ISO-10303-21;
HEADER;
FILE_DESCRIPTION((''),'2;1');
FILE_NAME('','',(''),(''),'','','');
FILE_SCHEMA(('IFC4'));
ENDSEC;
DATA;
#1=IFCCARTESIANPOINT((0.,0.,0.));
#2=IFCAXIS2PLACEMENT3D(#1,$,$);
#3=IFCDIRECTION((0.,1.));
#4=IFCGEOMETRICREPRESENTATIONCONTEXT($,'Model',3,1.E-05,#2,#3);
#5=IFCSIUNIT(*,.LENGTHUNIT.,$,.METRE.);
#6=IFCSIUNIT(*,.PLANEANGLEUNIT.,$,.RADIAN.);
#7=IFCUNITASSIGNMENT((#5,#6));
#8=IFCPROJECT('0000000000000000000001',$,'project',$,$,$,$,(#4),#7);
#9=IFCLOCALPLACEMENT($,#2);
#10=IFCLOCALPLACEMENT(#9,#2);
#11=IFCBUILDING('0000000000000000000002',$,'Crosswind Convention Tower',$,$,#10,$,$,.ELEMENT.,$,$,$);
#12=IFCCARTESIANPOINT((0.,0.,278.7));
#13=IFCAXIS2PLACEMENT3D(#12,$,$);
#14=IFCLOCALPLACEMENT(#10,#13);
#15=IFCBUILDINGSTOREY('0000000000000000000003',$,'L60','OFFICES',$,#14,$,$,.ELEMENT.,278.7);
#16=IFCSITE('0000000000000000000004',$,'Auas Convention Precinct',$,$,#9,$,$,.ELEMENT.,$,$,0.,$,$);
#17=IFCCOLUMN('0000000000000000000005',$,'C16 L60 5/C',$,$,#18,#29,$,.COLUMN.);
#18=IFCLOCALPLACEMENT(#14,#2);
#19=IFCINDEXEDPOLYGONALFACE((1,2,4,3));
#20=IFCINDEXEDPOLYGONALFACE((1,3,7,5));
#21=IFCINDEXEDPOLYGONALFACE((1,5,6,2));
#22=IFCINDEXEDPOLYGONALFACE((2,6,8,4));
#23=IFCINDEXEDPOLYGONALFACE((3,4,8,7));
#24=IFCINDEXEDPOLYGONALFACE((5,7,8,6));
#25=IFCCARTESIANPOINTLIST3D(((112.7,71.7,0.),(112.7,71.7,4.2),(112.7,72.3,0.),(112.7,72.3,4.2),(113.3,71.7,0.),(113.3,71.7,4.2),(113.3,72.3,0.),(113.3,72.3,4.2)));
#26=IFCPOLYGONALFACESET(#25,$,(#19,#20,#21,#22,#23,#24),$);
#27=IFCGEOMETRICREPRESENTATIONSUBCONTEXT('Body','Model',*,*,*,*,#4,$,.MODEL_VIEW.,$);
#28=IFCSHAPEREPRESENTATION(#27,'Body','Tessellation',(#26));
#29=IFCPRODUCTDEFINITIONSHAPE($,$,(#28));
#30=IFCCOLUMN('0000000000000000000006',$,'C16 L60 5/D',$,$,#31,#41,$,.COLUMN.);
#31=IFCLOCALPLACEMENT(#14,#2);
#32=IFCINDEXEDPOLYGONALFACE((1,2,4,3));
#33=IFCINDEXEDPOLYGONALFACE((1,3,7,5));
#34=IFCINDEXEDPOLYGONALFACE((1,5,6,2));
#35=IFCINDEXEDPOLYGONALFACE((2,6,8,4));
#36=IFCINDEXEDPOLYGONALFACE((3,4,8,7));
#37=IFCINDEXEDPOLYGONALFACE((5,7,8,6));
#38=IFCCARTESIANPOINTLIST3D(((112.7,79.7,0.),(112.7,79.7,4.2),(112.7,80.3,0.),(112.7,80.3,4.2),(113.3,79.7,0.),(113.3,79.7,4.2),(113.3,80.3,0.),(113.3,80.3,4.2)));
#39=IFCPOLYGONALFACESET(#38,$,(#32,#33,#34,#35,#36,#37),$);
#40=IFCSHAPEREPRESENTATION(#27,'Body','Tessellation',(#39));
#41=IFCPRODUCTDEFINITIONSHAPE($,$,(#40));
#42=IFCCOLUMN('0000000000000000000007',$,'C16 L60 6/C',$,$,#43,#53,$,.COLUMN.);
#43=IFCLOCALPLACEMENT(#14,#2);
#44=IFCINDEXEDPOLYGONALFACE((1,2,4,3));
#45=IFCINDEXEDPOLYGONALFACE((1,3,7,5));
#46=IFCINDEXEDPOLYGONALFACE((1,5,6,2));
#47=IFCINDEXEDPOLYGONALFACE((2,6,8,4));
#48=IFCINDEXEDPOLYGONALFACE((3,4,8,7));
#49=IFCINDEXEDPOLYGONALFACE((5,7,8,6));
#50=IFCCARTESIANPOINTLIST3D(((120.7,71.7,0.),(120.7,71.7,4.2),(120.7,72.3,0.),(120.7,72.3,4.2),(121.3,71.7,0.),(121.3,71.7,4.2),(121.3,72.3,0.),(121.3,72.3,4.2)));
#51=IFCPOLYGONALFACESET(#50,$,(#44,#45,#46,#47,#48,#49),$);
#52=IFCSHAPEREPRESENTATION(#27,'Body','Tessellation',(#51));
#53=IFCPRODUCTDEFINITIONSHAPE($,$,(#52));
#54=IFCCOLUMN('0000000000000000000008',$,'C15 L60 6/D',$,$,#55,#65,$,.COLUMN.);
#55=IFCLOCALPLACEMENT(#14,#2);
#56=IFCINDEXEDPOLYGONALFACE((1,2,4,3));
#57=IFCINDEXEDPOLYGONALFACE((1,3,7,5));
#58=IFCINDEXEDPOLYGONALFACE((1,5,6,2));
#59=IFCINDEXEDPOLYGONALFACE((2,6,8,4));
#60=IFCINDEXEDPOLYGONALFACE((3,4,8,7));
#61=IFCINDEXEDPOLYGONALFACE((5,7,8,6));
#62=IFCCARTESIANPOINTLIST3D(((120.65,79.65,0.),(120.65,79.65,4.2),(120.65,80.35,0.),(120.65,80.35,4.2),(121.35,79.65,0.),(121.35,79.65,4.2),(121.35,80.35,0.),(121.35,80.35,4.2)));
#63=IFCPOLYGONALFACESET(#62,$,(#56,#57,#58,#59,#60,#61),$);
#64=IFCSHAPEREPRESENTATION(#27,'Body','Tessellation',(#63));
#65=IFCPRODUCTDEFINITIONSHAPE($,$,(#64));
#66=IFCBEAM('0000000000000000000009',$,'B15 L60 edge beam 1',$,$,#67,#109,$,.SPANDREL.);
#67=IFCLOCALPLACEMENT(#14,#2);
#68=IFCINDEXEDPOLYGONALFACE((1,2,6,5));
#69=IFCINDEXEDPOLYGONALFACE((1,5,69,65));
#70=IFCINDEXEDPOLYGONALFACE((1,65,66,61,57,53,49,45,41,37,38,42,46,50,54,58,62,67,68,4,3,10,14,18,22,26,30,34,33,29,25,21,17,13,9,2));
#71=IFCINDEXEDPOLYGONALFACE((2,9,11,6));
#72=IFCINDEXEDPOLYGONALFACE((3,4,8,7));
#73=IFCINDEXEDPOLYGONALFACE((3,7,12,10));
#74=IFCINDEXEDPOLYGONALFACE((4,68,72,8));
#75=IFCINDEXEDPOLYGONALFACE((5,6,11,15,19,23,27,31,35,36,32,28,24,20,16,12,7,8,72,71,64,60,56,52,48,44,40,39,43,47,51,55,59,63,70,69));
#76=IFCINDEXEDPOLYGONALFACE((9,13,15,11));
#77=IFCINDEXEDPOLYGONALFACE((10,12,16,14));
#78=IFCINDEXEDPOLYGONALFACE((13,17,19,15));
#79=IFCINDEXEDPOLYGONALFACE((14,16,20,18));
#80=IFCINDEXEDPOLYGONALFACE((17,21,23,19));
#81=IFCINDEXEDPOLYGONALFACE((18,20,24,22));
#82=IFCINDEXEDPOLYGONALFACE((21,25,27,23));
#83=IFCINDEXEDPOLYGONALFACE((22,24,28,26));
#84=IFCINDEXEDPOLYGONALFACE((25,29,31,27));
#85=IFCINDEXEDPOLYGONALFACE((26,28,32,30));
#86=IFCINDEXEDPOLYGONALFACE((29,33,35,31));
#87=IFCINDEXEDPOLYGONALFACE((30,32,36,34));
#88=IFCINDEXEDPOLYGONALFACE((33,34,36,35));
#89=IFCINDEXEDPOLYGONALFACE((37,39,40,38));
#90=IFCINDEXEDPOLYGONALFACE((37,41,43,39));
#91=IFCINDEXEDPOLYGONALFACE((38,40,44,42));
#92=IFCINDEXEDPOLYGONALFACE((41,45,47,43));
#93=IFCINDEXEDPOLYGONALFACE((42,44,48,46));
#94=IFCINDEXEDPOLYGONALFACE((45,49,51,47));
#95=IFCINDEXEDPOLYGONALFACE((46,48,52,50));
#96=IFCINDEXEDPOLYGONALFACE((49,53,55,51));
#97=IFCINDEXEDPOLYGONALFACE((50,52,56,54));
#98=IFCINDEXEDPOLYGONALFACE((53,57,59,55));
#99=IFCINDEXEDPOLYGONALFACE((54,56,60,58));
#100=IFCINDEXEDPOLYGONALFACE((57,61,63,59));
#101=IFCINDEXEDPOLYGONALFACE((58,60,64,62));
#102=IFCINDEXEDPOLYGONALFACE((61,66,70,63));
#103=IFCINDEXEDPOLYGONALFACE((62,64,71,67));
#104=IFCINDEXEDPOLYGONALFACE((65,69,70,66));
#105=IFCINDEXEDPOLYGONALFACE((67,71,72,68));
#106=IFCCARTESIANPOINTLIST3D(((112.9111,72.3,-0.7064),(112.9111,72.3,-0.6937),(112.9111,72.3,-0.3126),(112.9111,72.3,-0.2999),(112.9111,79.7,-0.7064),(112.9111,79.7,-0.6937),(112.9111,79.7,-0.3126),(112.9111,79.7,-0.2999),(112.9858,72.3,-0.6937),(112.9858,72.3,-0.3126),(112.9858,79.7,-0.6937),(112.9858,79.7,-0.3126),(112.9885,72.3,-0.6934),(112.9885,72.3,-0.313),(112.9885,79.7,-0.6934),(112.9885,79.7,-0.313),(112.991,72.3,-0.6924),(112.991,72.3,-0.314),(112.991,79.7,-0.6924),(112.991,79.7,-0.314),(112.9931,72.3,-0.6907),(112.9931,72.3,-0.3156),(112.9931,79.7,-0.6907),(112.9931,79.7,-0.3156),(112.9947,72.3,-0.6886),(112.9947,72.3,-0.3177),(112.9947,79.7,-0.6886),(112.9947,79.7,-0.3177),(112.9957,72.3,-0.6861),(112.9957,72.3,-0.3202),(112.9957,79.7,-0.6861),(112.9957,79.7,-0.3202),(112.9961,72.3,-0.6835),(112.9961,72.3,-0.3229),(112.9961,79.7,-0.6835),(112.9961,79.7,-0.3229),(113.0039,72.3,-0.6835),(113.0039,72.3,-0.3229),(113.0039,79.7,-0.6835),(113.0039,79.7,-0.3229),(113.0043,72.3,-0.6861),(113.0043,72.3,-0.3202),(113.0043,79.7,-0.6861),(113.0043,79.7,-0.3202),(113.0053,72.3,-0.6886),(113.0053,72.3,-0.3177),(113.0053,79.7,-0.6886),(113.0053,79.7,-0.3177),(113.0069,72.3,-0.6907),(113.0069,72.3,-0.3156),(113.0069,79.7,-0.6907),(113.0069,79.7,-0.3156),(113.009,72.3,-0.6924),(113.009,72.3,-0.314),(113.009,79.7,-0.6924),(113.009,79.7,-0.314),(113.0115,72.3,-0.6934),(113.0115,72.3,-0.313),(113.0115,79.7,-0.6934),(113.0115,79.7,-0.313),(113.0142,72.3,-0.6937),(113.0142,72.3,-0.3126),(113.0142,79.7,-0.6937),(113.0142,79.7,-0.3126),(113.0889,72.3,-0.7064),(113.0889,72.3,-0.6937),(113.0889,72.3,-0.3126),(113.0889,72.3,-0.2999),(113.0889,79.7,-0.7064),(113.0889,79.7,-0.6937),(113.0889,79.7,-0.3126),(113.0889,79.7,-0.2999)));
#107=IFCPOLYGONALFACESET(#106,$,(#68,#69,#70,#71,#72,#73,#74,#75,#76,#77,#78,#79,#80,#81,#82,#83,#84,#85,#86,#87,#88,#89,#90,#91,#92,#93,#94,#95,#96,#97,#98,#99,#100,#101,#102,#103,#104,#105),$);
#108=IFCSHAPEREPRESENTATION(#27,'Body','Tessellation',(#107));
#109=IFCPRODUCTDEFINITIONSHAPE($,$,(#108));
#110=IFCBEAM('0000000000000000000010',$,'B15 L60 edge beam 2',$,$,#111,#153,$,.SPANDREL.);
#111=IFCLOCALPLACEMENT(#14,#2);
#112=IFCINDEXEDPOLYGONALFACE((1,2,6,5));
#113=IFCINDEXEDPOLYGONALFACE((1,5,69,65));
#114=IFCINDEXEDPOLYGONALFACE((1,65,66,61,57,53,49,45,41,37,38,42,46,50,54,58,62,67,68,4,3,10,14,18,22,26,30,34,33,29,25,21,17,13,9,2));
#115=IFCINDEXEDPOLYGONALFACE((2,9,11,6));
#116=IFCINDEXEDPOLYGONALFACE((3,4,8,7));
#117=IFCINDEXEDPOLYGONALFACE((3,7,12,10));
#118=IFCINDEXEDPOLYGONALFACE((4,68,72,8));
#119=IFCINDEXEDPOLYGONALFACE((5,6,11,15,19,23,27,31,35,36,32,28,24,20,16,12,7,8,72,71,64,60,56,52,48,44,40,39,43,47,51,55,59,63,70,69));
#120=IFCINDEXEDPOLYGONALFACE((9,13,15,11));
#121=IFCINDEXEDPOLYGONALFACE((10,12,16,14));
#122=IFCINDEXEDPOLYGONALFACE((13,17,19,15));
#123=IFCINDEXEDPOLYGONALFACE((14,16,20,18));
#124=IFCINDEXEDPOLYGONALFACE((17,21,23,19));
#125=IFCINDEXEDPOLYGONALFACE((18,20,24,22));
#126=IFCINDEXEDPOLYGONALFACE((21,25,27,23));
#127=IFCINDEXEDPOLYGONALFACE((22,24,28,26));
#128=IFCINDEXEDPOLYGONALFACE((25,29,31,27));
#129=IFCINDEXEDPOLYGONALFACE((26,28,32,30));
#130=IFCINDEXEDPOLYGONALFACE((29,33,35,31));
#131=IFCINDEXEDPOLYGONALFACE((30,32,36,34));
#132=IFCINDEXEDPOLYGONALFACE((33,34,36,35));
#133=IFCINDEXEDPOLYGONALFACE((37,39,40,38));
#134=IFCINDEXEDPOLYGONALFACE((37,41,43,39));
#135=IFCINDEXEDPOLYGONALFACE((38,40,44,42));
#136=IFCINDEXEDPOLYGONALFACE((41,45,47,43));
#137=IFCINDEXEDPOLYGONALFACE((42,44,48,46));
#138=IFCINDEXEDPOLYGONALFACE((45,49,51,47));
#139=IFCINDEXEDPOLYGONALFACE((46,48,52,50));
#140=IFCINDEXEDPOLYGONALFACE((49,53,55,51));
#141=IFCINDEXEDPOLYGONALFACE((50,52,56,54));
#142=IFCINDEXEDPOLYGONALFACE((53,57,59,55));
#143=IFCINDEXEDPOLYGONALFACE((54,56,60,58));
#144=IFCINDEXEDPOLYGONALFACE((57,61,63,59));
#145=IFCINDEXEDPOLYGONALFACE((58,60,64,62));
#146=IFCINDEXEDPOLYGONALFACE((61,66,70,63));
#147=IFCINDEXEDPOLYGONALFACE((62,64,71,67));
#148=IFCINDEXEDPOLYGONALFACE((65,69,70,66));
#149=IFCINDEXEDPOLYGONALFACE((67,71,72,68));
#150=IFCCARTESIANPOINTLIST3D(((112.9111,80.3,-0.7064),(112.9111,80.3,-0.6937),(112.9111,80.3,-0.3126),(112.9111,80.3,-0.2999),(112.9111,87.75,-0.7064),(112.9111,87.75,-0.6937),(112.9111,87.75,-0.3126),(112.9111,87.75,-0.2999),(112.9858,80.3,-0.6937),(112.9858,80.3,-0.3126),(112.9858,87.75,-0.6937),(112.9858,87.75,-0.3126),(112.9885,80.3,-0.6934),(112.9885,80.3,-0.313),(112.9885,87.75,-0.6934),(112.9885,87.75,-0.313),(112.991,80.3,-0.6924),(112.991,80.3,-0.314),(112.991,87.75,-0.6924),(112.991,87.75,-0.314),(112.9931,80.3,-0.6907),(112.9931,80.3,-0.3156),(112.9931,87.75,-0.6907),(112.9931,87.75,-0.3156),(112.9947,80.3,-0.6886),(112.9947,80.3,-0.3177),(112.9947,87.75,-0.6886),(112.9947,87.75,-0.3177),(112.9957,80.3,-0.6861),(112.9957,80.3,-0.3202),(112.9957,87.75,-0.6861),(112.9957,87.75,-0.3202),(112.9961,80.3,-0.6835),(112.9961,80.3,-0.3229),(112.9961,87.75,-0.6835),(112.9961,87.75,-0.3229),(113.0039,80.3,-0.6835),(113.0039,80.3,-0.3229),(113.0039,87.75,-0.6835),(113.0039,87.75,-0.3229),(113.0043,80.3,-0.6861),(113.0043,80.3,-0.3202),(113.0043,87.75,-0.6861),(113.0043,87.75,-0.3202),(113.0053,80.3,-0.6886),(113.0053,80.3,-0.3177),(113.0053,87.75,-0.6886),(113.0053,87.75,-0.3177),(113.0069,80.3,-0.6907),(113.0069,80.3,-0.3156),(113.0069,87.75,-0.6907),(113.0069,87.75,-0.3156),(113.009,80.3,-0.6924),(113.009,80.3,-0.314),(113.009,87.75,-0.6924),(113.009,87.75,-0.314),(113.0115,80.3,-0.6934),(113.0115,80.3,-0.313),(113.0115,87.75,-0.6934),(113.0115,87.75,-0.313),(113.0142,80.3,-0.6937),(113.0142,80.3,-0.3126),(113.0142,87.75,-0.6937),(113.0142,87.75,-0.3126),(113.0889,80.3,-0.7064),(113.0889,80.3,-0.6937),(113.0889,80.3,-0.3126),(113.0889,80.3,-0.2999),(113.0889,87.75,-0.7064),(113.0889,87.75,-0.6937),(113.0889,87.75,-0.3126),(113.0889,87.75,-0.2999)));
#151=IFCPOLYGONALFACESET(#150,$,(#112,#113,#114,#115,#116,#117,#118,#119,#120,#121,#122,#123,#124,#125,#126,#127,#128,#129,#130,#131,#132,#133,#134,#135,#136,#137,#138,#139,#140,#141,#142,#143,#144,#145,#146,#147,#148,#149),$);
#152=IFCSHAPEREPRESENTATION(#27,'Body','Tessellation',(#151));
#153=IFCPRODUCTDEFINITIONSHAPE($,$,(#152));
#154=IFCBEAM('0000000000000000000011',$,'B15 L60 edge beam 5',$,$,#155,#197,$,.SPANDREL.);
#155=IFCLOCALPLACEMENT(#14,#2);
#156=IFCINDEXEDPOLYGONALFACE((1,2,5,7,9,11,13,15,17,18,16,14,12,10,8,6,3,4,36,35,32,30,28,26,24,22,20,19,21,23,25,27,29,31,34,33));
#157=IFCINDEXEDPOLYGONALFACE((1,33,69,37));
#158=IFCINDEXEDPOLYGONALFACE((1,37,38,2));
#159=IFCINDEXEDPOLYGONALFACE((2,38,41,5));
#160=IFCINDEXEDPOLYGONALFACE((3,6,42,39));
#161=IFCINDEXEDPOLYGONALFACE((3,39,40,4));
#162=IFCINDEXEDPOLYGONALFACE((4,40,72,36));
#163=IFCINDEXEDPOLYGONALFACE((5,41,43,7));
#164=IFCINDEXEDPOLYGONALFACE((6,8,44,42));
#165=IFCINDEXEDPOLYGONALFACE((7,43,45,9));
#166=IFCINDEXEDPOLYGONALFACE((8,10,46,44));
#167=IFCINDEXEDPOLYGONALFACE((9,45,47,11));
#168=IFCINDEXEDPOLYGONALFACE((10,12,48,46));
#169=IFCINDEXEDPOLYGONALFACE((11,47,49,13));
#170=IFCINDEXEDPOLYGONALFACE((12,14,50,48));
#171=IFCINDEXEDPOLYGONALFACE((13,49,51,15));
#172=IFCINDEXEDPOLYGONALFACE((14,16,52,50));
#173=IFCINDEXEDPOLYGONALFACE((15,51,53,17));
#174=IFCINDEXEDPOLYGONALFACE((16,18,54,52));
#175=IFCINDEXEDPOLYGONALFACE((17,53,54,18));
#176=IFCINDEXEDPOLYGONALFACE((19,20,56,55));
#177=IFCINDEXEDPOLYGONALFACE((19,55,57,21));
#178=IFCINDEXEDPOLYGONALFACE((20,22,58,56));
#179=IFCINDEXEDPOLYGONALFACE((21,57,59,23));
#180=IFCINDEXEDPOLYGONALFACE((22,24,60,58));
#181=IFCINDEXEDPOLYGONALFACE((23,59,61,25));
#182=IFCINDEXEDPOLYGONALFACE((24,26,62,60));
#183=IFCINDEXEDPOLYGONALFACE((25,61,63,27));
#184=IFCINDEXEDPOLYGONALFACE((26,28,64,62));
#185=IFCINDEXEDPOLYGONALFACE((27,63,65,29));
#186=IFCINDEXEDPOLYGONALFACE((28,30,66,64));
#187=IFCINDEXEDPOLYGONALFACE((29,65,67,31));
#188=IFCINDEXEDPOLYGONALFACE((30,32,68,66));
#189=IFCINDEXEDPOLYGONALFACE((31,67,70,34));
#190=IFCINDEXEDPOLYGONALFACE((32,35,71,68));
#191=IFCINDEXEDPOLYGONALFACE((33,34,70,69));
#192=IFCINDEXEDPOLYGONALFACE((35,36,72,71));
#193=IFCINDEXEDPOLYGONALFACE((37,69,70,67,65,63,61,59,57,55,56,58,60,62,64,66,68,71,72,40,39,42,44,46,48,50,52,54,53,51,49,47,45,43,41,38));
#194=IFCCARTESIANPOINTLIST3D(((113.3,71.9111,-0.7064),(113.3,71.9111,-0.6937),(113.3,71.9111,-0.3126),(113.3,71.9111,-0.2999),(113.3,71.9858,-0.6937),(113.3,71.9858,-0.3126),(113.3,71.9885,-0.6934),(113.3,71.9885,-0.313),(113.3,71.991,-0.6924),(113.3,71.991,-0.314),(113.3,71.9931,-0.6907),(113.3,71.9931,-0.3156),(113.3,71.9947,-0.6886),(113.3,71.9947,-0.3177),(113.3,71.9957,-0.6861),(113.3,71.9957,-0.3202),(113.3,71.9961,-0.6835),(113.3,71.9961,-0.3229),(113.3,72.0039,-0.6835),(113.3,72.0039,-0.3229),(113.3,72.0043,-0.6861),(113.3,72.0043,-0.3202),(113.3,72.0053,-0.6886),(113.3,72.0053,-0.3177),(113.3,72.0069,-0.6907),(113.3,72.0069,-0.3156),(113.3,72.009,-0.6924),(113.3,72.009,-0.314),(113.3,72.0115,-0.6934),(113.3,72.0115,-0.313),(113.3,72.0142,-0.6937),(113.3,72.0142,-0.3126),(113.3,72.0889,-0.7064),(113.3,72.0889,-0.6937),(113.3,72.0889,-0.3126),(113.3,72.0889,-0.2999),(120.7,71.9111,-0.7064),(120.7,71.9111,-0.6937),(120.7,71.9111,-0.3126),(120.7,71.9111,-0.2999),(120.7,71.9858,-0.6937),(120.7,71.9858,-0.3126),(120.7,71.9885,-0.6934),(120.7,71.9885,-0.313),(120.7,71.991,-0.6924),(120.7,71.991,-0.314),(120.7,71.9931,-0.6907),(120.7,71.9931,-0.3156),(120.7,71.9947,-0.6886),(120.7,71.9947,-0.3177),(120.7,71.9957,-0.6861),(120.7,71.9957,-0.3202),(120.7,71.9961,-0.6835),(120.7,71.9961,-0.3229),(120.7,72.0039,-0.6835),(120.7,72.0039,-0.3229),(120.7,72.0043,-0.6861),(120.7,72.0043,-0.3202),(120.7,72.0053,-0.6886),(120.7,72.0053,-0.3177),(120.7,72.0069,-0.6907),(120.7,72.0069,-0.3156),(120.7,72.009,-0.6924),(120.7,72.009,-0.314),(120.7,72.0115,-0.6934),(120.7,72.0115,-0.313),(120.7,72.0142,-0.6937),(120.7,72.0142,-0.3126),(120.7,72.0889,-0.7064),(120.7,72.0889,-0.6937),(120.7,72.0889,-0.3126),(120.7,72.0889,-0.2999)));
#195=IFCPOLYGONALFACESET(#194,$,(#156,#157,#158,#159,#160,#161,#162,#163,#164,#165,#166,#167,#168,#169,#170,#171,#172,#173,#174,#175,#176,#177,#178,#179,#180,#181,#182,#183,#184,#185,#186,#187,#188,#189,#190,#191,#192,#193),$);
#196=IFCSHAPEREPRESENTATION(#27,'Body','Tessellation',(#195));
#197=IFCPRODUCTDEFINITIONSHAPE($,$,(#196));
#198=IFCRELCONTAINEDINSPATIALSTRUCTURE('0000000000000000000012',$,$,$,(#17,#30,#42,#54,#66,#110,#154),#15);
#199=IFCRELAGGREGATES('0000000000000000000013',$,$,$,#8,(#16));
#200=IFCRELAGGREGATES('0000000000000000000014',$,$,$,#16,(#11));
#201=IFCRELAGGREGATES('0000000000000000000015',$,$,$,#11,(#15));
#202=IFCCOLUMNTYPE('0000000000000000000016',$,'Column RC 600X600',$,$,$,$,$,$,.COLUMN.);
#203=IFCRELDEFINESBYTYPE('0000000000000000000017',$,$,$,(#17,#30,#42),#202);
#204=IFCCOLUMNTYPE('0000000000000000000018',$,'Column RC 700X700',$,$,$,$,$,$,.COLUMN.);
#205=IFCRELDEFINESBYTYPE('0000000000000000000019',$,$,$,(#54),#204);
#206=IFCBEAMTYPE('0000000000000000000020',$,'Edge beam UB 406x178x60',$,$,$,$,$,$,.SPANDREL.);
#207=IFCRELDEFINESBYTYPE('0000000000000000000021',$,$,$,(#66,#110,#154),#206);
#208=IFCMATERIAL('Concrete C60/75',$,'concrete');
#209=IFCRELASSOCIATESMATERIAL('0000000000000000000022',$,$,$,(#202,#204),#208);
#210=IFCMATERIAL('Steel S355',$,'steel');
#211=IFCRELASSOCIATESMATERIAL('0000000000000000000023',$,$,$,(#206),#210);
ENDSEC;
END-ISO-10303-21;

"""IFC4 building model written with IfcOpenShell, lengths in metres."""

from ifc_helpers import new_model, si_unit, direction, frame, origin, origin_2d, place, context, subcontext, project, spatial, rectangle, i_section, extrude, material, material_profile, profile_set, type_object, element, save


model = new_model("IFC4")

# Units and contexts
model_context = context("Model", 3, precision=1e-05, world=origin(), true_north=direction((0.0, 1.0)))
body_context = subcontext(model_context, "Body", "Model", "MODEL_VIEW")
ifc_project = project(units=[si_unit("LENGTHUNIT", "METRE"), si_unit("PLANEANGLEUNIT", "RADIAN")], contexts=[model_context])

# Site, building, storey
site_placement = place(None, origin())
site = spatial("IfcSite", under=ifc_project, at=site_placement, Name="Auas Convention Precinct", CompositionType="ELEMENT", RefElevation=0.0)
building_placement = place(site_placement, origin())
building = spatial("IfcBuilding", under=site, at=building_placement, Name="Crosswind Convention Tower", CompositionType="ELEMENT")
storey_placement = place(building_placement, frame((0.0, 0.0, 278.7)))
storey = spatial("IfcBuildingStorey", under=building, at=storey_placement, Name="L60", Description="OFFICES", CompositionType="ELEMENT", Elevation=278.7)

# Columns
ifc_material_1 = material(Name="Concrete C60/75", Category="concrete")
ifc_material_profile_1 = material_profile(ifc_material_1, rectangle(XDim=0.6001, YDim=0.6001, at=origin_2d()), Name="RC 600X600")
ifc_profile_set_1 = profile_set([ifc_material_profile_1], Name="Concrete C60/75")
column_type_1 = type_object("IfcColumnType", Name="Column RC 600X600", PredefinedType="COLUMN", material=ifc_profile_set_1)
for number, where, z_axis, x_axis, name in (
    (1, (113.0, 72.0, 0.0), (0.0, 0.0, 1.0), (1.0, 0.0, 0.0), "C16 L60 5/C"),
    (2, (113.0, 80.0, 0.0), (0.0, 0.0, 1.0), (1.0, 0.0, 0.0), "C16 L60 5/D"),
    (3, (121.0, 72.0, 0.0), (0.0, 0.0, 1.0), (1.0, 0.0, 0.0), "C16 L60 6/C"),
):
    element("IfcColumn", number, at=place(storey_placement, frame(where, z_axis=z_axis, x_axis=x_axis)), inside=storey, type_object=column_type_1, Name=name, PredefinedType="COLUMN", context=body_context, shape_type="SweptSolid", body=[
        extrude(rectangle(XDim=0.6001, YDim=0.6001, at=origin_2d()), origin(), (0.0, 0.0, 1.0), 4.2),
    ])
ifc_material_profile_2 = material_profile(ifc_material_1, rectangle(XDim=0.7, YDim=0.7, at=origin_2d()), Name="RC 700X700")
ifc_profile_set_2 = profile_set([ifc_material_profile_2], Name="Concrete C60/75")
column_type_2 = type_object("IfcColumnType", Name="Column RC 700X700", PredefinedType="COLUMN", material=ifc_profile_set_2)
column_placement = place(storey_placement, frame((121.0, 80.0, 0.0), z_axis=(0.0, 0.0, 1.0), x_axis=(1.0, 0.0, 0.0)))
element("IfcColumn", 4, at=column_placement, inside=storey, type_object=column_type_2, Name="C15 L60 6/D", PredefinedType="COLUMN", context=body_context, shape_type="SweptSolid", body=[
    extrude(rectangle(XDim=0.7, YDim=0.7, at=origin_2d()), origin(), (0.0, 0.0, 1.0), 4.2),
])

# Beams
ifc_material_2 = material(Name="Steel S355", Category="steel")
ifc_material_profile_3 = material_profile(ifc_material_2, i_section(OverallWidth=0.1777, OverallDepth=0.4065, WebThickness=0.0078, FlangeThickness=0.0127, FilletRadius=0.0103, at=origin_2d()), Name="UB 406x178x60")
ifc_profile_set_3 = profile_set([ifc_material_profile_3], Name="Steel S355")
beam_type_1 = type_object("IfcBeamType", Name="Edge beam UB 406x178x60", PredefinedType="SPANDREL", material=ifc_profile_set_3)
beam_1_placement = place(storey_placement, frame((113.0, 72.3, -0.5032), z_axis=(0.0, 1.0, 0.0), x_axis=(-1.0, 0.0, 0.0)))
element("IfcBeam", 5, at=beam_1_placement, inside=storey, type_object=beam_type_1, Name="B15 L60 edge beam 1", PredefinedType="SPANDREL", context=body_context, shape_type="SweptSolid", body=[
    extrude(i_section(OverallWidth=0.1777, OverallDepth=0.4065, WebThickness=0.0078, FlangeThickness=0.0127, FilletRadius=0.0103, at=origin_2d()), origin(), (0.0, 0.0, 1.0), 7.3999),
])
beam_2_placement = place(storey_placement, frame((113.0, 80.3, -0.5032), z_axis=(0.0, 1.0, 0.0), x_axis=(-1.0, 0.0, 0.0)))
element("IfcBeam", 6, at=beam_2_placement, inside=storey, type_object=beam_type_1, Name="B15 L60 edge beam 2", PredefinedType="SPANDREL", context=body_context, shape_type="SweptSolid", body=[
    extrude(i_section(OverallWidth=0.1777, OverallDepth=0.4065, WebThickness=0.0078, FlangeThickness=0.0127, FilletRadius=0.0103, at=origin_2d()), origin(), (0.0, 0.0, 1.0), 7.45),
])
beam_3_placement = place(storey_placement, frame((113.3, 72.0, -0.5032), z_axis=(1.0, 0.0, 0.0), x_axis=(0.0, 1.0, 0.0)))
element("IfcBeam", 7, at=beam_3_placement, inside=storey, type_object=beam_type_1, Name="B15 L60 edge beam 5", PredefinedType="SPANDREL", context=body_context, shape_type="SweptSolid", body=[
    extrude(i_section(OverallWidth=0.1777, OverallDepth=0.4065, WebThickness=0.0078, FlangeThickness=0.0127, FilletRadius=0.0103, at=origin_2d()), origin(), (0.0, 0.0, 1.0), 7.3999),
])

save(model, "model.ifc")
